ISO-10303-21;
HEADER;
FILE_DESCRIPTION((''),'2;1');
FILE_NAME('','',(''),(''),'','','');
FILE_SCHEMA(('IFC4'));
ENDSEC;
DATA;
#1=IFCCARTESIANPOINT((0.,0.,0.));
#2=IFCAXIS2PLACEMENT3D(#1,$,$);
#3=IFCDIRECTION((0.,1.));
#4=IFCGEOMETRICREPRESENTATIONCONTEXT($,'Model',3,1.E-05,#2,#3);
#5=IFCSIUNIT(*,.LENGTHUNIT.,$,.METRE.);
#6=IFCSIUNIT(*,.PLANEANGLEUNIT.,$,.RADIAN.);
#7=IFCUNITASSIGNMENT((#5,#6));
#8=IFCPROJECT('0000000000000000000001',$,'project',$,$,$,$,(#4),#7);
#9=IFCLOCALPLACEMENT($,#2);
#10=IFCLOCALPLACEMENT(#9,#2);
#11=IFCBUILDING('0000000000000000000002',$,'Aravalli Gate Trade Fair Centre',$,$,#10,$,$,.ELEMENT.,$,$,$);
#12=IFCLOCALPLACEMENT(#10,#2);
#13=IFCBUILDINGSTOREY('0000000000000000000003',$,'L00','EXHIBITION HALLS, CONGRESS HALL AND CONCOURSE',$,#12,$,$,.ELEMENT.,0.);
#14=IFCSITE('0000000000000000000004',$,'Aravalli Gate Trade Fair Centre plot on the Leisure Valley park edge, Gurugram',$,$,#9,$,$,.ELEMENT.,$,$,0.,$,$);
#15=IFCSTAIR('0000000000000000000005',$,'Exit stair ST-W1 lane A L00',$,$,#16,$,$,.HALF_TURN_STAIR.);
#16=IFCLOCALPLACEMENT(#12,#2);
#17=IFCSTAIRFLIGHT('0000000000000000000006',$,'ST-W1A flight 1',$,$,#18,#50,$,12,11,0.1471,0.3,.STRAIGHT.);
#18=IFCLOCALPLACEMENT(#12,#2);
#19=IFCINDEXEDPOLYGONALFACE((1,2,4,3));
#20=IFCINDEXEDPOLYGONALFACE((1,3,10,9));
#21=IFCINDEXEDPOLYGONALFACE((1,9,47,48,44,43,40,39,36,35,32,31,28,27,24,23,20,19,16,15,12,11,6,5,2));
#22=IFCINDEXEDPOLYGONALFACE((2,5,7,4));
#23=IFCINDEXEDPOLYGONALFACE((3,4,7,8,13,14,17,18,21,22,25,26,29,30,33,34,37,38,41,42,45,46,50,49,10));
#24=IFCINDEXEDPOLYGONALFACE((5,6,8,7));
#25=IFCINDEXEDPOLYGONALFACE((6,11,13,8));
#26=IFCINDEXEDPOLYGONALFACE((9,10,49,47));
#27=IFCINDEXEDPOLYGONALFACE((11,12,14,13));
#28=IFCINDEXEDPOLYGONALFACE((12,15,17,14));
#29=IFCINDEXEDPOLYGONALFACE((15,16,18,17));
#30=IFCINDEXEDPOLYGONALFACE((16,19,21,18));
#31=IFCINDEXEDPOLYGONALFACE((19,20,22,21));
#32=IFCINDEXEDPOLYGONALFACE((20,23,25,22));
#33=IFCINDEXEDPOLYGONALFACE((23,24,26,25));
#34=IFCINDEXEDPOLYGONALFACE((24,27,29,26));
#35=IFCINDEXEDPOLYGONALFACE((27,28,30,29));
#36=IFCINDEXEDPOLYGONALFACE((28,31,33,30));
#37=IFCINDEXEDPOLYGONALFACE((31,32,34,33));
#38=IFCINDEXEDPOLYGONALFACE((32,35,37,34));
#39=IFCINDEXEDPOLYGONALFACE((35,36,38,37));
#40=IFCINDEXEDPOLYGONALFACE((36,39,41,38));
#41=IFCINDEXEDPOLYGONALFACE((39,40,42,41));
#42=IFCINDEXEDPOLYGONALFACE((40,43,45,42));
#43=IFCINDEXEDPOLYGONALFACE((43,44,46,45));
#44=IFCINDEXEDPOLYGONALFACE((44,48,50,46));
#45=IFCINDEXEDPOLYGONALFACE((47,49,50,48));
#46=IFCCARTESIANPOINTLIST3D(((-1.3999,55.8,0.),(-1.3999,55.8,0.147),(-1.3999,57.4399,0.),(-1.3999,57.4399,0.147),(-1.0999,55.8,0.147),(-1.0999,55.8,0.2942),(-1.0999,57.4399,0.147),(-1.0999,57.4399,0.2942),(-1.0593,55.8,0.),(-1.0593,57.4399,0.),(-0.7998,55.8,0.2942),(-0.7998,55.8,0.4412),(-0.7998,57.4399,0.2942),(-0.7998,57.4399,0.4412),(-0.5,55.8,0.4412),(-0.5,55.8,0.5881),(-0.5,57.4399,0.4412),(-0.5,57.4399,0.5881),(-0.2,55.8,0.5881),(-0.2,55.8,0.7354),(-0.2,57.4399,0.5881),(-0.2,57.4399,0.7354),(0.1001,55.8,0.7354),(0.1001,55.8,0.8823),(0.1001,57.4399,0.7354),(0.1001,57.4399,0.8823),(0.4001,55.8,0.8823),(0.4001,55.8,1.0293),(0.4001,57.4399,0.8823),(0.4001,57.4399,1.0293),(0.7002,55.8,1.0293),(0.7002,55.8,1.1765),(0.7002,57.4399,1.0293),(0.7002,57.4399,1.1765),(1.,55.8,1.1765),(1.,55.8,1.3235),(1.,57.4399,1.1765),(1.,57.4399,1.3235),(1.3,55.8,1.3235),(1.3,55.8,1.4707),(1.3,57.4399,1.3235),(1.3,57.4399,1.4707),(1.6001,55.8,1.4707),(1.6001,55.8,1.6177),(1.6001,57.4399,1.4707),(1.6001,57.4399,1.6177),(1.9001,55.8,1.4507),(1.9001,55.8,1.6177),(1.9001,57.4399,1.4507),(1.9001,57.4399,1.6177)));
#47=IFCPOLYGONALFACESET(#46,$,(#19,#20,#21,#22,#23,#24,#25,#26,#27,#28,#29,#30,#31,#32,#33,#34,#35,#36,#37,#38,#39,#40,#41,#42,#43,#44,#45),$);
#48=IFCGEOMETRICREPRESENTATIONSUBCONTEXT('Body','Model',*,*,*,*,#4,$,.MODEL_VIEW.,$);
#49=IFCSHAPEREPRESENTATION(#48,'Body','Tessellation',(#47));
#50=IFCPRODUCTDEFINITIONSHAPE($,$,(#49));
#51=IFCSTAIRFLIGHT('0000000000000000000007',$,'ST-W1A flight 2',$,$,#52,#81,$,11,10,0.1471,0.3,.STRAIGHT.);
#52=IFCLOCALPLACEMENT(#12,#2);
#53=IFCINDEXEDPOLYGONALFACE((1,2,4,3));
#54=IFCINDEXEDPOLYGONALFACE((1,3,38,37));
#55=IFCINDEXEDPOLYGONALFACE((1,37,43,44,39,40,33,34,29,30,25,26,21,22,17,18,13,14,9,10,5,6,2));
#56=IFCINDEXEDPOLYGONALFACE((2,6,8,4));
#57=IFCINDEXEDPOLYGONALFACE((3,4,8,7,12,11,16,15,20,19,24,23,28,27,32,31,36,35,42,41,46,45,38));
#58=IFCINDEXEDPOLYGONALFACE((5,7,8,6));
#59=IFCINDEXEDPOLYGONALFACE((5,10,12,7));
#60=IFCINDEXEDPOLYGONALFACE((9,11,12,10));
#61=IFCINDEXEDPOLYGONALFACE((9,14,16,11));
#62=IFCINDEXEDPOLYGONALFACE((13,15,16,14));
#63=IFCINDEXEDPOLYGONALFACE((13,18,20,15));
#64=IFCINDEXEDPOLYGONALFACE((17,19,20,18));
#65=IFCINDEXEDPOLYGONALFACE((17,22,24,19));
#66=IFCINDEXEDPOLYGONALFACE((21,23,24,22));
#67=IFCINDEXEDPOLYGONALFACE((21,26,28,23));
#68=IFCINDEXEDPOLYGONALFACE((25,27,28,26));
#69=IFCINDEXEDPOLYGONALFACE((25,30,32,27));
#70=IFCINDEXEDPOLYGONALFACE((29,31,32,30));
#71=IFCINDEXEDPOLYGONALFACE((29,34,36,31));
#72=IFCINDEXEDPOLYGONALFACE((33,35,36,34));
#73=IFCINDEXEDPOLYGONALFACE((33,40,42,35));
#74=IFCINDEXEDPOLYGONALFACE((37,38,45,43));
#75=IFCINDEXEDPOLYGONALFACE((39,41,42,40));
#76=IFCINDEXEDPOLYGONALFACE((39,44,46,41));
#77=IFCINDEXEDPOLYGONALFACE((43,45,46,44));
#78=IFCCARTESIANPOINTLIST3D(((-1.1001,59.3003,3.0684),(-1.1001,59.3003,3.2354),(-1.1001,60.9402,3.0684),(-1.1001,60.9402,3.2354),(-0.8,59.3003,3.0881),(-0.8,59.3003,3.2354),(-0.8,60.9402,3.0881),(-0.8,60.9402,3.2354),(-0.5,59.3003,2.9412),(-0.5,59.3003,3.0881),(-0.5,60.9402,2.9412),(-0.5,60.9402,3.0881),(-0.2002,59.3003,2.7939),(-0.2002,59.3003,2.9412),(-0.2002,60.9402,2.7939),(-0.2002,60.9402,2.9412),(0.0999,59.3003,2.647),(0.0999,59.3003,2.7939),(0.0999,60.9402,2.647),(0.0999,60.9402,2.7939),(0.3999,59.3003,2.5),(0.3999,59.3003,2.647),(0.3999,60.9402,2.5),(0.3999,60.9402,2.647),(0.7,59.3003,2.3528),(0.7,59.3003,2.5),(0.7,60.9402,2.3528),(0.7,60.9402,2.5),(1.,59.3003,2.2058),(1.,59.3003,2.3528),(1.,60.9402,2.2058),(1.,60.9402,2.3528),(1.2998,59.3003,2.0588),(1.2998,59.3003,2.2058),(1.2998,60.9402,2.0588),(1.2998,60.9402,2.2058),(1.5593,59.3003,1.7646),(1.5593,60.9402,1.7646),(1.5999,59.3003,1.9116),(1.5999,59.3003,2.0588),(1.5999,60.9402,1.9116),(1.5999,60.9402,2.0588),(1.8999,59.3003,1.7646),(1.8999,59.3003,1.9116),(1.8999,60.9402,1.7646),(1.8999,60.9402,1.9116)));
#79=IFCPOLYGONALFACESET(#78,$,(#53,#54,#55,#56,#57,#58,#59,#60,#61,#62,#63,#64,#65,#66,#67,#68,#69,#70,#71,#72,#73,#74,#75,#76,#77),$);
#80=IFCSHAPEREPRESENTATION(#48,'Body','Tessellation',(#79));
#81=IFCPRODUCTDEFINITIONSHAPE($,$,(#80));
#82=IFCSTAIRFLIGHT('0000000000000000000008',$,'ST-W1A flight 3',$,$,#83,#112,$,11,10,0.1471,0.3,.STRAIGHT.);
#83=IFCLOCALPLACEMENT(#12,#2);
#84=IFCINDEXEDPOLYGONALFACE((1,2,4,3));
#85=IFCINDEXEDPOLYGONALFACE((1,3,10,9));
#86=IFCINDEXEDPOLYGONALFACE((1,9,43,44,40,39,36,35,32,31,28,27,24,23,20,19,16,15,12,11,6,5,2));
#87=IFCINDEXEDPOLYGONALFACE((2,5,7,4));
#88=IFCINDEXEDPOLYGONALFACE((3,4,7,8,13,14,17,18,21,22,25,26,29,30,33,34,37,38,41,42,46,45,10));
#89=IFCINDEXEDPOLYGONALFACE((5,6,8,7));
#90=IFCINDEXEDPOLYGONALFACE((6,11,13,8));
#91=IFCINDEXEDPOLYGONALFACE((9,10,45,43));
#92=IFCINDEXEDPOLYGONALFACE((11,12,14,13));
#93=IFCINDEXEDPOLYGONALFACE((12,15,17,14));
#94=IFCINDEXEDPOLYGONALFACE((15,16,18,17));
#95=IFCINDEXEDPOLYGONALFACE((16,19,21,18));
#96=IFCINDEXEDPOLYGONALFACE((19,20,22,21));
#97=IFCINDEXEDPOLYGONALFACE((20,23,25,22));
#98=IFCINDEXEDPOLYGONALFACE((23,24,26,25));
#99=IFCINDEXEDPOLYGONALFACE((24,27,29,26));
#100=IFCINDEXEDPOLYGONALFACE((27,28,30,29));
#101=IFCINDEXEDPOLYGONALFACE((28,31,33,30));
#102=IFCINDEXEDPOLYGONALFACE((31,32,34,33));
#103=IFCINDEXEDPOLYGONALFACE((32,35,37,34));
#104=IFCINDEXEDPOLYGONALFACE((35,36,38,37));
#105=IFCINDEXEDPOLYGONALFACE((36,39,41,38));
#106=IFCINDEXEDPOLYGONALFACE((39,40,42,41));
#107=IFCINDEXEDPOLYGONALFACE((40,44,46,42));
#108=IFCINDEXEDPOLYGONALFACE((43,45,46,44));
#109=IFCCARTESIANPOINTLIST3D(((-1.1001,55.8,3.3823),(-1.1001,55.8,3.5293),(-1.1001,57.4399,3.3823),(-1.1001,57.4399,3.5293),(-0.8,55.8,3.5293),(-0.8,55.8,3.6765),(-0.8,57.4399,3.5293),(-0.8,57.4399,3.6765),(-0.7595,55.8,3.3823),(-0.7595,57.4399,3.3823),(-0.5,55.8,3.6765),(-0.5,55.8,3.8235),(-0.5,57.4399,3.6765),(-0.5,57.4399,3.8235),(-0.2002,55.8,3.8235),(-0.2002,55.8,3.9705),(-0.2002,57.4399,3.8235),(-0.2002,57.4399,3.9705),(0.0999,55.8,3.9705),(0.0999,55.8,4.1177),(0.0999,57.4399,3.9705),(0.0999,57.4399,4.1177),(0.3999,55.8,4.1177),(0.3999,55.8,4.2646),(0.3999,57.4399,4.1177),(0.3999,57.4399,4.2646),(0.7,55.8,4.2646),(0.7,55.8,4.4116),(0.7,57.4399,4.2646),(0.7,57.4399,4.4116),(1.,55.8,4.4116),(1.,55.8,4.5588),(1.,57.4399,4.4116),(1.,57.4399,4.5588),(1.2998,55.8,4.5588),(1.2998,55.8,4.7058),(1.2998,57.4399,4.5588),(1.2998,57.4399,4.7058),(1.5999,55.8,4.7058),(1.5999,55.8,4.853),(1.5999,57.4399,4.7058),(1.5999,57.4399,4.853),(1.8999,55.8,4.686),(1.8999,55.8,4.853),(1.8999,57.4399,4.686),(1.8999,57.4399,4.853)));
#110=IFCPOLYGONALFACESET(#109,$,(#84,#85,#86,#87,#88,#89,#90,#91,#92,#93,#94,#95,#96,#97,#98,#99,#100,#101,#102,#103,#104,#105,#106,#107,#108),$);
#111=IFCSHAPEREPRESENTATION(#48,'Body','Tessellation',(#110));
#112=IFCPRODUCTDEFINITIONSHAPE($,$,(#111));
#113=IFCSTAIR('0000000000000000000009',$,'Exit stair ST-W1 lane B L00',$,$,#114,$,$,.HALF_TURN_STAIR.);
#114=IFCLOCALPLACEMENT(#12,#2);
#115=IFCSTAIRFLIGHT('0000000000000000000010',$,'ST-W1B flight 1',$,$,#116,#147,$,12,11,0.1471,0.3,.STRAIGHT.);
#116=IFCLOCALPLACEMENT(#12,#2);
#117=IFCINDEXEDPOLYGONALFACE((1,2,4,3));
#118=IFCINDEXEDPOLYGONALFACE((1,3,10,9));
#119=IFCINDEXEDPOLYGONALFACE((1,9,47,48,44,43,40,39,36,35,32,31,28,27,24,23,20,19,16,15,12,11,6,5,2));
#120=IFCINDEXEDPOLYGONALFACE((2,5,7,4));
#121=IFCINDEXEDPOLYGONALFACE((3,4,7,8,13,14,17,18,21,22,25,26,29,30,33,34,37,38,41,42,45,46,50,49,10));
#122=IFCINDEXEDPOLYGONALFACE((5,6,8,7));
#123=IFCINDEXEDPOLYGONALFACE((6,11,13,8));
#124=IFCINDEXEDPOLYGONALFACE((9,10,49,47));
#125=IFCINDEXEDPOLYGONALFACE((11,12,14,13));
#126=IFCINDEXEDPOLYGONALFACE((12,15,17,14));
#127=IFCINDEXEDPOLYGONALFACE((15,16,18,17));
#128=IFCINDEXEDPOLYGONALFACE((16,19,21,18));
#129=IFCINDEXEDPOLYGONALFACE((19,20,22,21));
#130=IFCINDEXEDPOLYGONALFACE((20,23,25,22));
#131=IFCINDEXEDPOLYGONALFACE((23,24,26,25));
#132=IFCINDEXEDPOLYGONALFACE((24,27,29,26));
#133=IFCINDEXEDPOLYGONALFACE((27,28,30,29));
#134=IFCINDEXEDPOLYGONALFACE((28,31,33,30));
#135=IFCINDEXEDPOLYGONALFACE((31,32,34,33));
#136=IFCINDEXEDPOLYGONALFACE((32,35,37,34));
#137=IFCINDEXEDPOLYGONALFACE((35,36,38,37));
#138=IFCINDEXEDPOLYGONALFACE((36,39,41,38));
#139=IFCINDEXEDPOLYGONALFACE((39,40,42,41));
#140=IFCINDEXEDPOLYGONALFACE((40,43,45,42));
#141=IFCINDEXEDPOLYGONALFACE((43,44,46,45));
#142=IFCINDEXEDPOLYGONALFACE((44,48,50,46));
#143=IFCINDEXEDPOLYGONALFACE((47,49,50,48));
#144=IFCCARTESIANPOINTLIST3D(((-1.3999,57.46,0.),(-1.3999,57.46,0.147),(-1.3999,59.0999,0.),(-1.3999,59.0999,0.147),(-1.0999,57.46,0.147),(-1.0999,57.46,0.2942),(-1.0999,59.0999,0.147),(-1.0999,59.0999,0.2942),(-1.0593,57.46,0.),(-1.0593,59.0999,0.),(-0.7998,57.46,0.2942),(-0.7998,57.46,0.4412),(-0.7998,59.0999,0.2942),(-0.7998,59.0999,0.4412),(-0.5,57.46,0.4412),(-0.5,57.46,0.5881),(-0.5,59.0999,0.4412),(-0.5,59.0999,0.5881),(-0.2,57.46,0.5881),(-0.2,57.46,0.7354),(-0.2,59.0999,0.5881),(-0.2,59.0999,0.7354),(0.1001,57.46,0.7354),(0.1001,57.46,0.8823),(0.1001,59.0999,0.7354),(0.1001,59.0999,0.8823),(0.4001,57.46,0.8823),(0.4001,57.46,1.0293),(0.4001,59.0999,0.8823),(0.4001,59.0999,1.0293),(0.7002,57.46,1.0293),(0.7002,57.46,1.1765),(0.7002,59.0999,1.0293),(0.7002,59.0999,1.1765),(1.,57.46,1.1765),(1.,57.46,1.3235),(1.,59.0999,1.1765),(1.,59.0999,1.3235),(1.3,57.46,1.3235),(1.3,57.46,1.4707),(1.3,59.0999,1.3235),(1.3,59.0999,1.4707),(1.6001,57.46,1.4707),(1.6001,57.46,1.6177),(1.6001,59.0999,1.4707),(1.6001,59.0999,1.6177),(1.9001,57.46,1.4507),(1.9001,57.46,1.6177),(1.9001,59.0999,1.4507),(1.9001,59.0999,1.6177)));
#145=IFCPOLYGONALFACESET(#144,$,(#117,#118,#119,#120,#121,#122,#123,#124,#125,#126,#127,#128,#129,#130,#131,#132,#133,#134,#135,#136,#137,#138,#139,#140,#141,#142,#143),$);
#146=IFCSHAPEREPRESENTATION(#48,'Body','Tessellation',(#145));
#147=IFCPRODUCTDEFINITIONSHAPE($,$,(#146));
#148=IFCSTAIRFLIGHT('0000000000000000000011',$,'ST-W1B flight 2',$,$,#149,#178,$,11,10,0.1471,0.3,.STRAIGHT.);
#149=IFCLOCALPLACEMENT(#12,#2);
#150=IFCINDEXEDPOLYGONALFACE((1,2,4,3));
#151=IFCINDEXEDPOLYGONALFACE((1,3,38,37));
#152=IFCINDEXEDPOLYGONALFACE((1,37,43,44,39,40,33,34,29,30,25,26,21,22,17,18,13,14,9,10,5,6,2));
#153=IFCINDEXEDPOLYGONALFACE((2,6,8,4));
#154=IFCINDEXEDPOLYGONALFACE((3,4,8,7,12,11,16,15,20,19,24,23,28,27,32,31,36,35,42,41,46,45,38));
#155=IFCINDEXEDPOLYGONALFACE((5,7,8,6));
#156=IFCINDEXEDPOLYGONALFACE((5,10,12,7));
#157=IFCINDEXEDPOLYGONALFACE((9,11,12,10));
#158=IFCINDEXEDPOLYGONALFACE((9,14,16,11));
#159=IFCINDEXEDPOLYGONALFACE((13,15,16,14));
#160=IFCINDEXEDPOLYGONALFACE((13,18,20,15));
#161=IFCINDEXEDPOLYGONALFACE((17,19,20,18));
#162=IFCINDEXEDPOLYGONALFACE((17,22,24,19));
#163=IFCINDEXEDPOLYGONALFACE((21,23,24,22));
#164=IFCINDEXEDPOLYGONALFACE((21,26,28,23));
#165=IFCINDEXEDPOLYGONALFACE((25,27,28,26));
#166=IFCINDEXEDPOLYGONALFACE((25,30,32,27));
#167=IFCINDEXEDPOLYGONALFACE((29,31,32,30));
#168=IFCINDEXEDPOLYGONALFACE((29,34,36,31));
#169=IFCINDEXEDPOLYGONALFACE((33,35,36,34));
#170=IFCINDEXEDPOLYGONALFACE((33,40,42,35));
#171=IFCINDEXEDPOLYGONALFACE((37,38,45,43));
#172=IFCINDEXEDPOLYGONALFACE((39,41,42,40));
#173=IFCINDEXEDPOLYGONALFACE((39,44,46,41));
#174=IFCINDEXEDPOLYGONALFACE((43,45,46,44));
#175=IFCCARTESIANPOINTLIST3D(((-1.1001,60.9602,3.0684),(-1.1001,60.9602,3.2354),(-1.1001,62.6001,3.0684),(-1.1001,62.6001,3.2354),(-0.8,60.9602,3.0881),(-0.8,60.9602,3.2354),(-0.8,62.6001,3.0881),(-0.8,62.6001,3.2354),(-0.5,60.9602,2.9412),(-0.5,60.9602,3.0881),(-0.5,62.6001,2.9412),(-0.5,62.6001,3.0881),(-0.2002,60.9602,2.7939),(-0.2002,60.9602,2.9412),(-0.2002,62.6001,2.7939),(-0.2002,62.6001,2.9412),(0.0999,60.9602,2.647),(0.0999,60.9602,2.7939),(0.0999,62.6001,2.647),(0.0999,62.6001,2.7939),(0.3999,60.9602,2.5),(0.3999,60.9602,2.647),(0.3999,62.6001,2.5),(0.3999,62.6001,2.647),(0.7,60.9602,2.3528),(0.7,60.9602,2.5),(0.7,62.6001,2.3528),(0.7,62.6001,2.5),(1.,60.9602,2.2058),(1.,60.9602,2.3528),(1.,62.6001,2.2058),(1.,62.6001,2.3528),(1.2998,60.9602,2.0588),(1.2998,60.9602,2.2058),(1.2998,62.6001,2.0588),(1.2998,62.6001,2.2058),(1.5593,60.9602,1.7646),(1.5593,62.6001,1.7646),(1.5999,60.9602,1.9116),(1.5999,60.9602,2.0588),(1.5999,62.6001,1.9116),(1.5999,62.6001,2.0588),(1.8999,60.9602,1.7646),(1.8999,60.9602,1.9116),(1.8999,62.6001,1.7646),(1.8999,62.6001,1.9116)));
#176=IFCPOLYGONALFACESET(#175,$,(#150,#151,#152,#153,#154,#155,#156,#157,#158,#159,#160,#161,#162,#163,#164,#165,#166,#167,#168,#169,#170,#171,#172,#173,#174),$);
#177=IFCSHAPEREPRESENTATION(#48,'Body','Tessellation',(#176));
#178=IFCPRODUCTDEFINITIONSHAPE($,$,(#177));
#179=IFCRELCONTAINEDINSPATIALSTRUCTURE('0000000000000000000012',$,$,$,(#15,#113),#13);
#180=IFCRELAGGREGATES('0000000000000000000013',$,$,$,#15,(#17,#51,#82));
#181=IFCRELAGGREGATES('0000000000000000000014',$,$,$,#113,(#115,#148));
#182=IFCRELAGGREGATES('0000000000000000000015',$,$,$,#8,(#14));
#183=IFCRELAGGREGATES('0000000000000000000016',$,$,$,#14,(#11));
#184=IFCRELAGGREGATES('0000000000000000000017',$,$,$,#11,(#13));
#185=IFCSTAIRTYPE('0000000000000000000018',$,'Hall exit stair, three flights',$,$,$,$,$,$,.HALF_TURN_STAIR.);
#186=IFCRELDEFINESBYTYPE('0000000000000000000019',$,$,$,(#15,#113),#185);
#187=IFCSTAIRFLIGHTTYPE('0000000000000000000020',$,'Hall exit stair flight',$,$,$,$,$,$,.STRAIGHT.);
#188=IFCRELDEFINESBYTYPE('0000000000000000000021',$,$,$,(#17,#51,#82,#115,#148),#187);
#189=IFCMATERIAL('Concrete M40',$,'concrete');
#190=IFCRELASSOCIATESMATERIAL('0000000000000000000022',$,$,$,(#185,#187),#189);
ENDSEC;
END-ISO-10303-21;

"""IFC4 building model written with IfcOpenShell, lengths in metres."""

from ifc_helpers import new_model, si_unit, direction, frame, origin, place, context, subcontext, project, spatial, polyline, outline, extrude, material, type_object, element, aggregate, save


model = new_model("IFC4")

# Units and contexts
model_context = context("Model", 3, precision=1e-05, world=origin(), true_north=direction((0.0, 1.0)))
body_context = subcontext(model_context, "Body", "Model", "MODEL_VIEW")
ifc_project = project(units=[si_unit("LENGTHUNIT", "METRE"), si_unit("PLANEANGLEUNIT", "RADIAN")], contexts=[model_context])

# Site, building, storey
site_placement = place(None, origin())
site = spatial("IfcSite", under=ifc_project, at=site_placement, Name="Aravalli Gate Trade Fair Centre plot on the Leisure Valley park edge, Gurugram", CompositionType="ELEMENT", RefElevation=0.0)
building_placement = place(site_placement, origin())
building = spatial("IfcBuilding", under=site, at=building_placement, Name="Aravalli Gate Trade Fair Centre", CompositionType="ELEMENT")
storey_placement = place(building_placement, origin())
storey = spatial("IfcBuildingStorey", under=building, at=storey_placement, Name="L00", Description="EXHIBITION HALLS, CONGRESS HALL AND CONCOURSE", CompositionType="ELEMENT", Elevation=0.0)

# Shared definitions
ifc_material_1 = material(Name="Concrete M40", Category="concrete")

# Stairs, stair flights
stair_type = type_object("IfcStairType", Name="Hall exit stair, three flights", PredefinedType="HALF_TURN_STAIR", material=ifc_material_1)
stair_1_placement = place(storey_placement, origin())
stair_1 = element("IfcStair", 1, at=stair_1_placement, inside=storey, type_object=stair_type, Name="Exit stair ST-W1 lane A L00", PredefinedType="HALF_TURN_STAIR")
stair_flight_type = type_object("IfcStairFlightType", Name="Hall exit stair flight", PredefinedType="STRAIGHT", material=ifc_material_1)
stair_flight_1_placement = place(storey_placement, frame((-1.3999, 56.6201, 0.0), z_axis=(0.0, 0.0, 1.0), x_axis=(1.0, 0.0, 0.0)))
stair_flight_1 = element("IfcStairFlight", 2, at=stair_flight_1_placement, type_object=stair_flight_type, Name="ST-W1A flight 1", NumberOfRisers=12, NumberOfTreads=11, PredefinedType="STRAIGHT", RiserHeight=0.1471, TreadLength=0.3, context=body_context, shape_type="SweptSolid", body=[
    extrude(outline(polyline([(0.0, 0.0), (0.0, 0.147), (0.3, 0.147), (0.3, 0.2942), (0.6001, 0.2942), (0.6001, 0.4412), (0.8999, 0.4412), (0.8999, 0.5881), (1.2, 0.5881), (1.2, 0.7354), (1.5, 0.7354), (1.5, 0.8823), (1.8, 0.8823), (1.8, 1.0293), (2.1001, 1.0293), (2.1001, 1.1765), (2.3999, 1.1765), (2.3999, 1.3235), (2.7, 1.3235), (2.7, 1.4707), (3.0, 1.4707), (3.0, 1.6177), (3.3, 1.6177), (3.3, 1.7646), (3.3, 1.4507), (0.3406, 0.0), (0.0, 0.0)])), frame((0.0, 0.8198, 0.0), z_axis=(0.0, -1.0, 0.0), x_axis=(1.0, 0.0, 0.0)), (0.0, 0.0, 1.0), 1.6399),
])
stair_flight_2_placement = place(storey_placement, frame((1.8999, 60.1201, 1.7646), z_axis=(0.0, 0.0, 1.0), x_axis=(-1.0, 0.0, 0.0)))
stair_flight_2 = element("IfcStairFlight", 3, at=stair_flight_2_placement, type_object=stair_flight_type, Name="ST-W1A flight 2", NumberOfRisers=11, NumberOfTreads=10, PredefinedType="STRAIGHT", RiserHeight=0.1471, TreadLength=0.3, context=body_context, shape_type="SweptSolid", body=[
    extrude(outline(polyline([(0.0, 0.0), (0.0, 0.147), (0.3, 0.147), (0.3, 0.2942), (0.6001, 0.2942), (0.6001, 0.4412), (0.8999, 0.4412), (0.8999, 0.5881), (1.2, 0.5881), (1.2, 0.7354), (1.5, 0.7354), (1.5, 0.8823), (1.8, 0.8823), (1.8, 1.0293), (2.1001, 1.0293), (2.1001, 1.1765), (2.3999, 1.1765), (2.3999, 1.3235), (2.7, 1.3235), (2.7, 1.4707), (3.0, 1.4707), (3.0, 1.6177), (3.0, 1.3037), (0.3406, 0.0), (0.0, 0.0)])), frame((0.0, 0.8198, 0.0), z_axis=(0.0, -1.0, 0.0), x_axis=(1.0, 0.0, 0.0)), (0.0, 0.0, 1.0), 1.6399),
])
stair_flight_3_placement = place(storey_placement, frame((-1.1001, 56.6201, 3.3823), z_axis=(0.0, 0.0, 1.0), x_axis=(1.0, 0.0, 0.0)))
stair_flight_3 = element("IfcStairFlight", 4, at=stair_flight_3_placement, type_object=stair_flight_type, Name="ST-W1A flight 3", NumberOfRisers=11, NumberOfTreads=10, PredefinedType="STRAIGHT", RiserHeight=0.1471, TreadLength=0.3, context=body_context, shape_type="SweptSolid", body=[
    extrude(outline(polyline([(0.0, 0.0), (0.0, 0.147), (0.3, 0.147), (0.3, 0.2942), (0.6001, 0.2942), (0.6001, 0.4412), (0.8999, 0.4412), (0.8999, 0.5881), (1.2, 0.5881), (1.2, 0.7354), (1.5, 0.7354), (1.5, 0.8823), (1.8, 0.8823), (1.8, 1.0293), (2.1001, 1.0293), (2.1001, 1.1765), (2.3999, 1.1765), (2.3999, 1.3235), (2.7, 1.3235), (2.7, 1.4707), (3.0, 1.4707), (3.0, 1.6177), (3.0, 1.3037), (0.3406, 0.0), (0.0, 0.0)])), frame((0.0, 0.8198, 0.0), z_axis=(0.0, -1.0, 0.0), x_axis=(1.0, 0.0, 0.0)), (0.0, 0.0, 1.0), 1.6399),
])
aggregate(stair_1, [stair_flight_1, stair_flight_2, stair_flight_3])
stair_2_placement = place(storey_placement, origin())
stair_2 = element("IfcStair", 5, at=stair_2_placement, inside=storey, type_object=stair_type, Name="Exit stair ST-W1 lane B L00", PredefinedType="HALF_TURN_STAIR")
stair_flight_4_placement = place(storey_placement, frame((-1.3999, 58.28, 0.0), z_axis=(0.0, 0.0, 1.0), x_axis=(1.0, 0.0, 0.0)))
stair_flight_4 = element("IfcStairFlight", 6, at=stair_flight_4_placement, type_object=stair_flight_type, Name="ST-W1B flight 1", NumberOfRisers=12, NumberOfTreads=11, PredefinedType="STRAIGHT", RiserHeight=0.1471, TreadLength=0.3, context=body_context, shape_type="SweptSolid", body=[
    extrude(outline(polyline([(0.0, 0.0), (0.0, 0.147), (0.3, 0.147), (0.3, 0.2942), (0.6001, 0.2942), (0.6001, 0.4412), (0.8999, 0.4412), (0.8999, 0.5881), (1.2, 0.5881), (1.2, 0.7354), (1.5, 0.7354), (1.5, 0.8823), (1.8, 0.8823), (1.8, 1.0293), (2.1001, 1.0293), (2.1001, 1.1765), (2.3999, 1.1765), (2.3999, 1.3235), (2.7, 1.3235), (2.7, 1.4707), (3.0, 1.4707), (3.0, 1.6177), (3.3, 1.6177), (3.3, 1.7646), (3.3, 1.4507), (0.3406, 0.0), (0.0, 0.0)])), frame((0.0, 0.8198, 0.0), z_axis=(0.0, -1.0, 0.0), x_axis=(1.0, 0.0, 0.0)), (0.0, 0.0, 1.0), 1.6399),
])
stair_flight_5_placement = place(storey_placement, frame((1.8999, 61.78, 1.7646), z_axis=(0.0, 0.0, 1.0), x_axis=(-1.0, 0.0, 0.0)))
stair_flight_5 = element("IfcStairFlight", 7, at=stair_flight_5_placement, type_object=stair_flight_type, Name="ST-W1B flight 2", NumberOfRisers=11, NumberOfTreads=10, PredefinedType="STRAIGHT", RiserHeight=0.1471, TreadLength=0.3, context=body_context, shape_type="SweptSolid", body=[
    extrude(outline(polyline([(0.0, 0.0), (0.0, 0.147), (0.3, 0.147), (0.3, 0.2942), (0.6001, 0.2942), (0.6001, 0.4412), (0.8999, 0.4412), (0.8999, 0.5881), (1.2, 0.5881), (1.2, 0.7354), (1.5, 0.7354), (1.5, 0.8823), (1.8, 0.8823), (1.8, 1.0293), (2.1001, 1.0293), (2.1001, 1.1765), (2.3999, 1.1765), (2.3999, 1.3235), (2.7, 1.3235), (2.7, 1.4707), (3.0, 1.4707), (3.0, 1.6177), (3.0, 1.3037), (0.3406, 0.0), (0.0, 0.0)])), frame((0.0, 0.8198, 0.0), z_axis=(0.0, -1.0, 0.0), x_axis=(1.0, 0.0, 0.0)), (0.0, 0.0, 1.0), 1.6399),
])
aggregate(stair_2, [stair_flight_4, stair_flight_5])

save(model, "model.ifc")
